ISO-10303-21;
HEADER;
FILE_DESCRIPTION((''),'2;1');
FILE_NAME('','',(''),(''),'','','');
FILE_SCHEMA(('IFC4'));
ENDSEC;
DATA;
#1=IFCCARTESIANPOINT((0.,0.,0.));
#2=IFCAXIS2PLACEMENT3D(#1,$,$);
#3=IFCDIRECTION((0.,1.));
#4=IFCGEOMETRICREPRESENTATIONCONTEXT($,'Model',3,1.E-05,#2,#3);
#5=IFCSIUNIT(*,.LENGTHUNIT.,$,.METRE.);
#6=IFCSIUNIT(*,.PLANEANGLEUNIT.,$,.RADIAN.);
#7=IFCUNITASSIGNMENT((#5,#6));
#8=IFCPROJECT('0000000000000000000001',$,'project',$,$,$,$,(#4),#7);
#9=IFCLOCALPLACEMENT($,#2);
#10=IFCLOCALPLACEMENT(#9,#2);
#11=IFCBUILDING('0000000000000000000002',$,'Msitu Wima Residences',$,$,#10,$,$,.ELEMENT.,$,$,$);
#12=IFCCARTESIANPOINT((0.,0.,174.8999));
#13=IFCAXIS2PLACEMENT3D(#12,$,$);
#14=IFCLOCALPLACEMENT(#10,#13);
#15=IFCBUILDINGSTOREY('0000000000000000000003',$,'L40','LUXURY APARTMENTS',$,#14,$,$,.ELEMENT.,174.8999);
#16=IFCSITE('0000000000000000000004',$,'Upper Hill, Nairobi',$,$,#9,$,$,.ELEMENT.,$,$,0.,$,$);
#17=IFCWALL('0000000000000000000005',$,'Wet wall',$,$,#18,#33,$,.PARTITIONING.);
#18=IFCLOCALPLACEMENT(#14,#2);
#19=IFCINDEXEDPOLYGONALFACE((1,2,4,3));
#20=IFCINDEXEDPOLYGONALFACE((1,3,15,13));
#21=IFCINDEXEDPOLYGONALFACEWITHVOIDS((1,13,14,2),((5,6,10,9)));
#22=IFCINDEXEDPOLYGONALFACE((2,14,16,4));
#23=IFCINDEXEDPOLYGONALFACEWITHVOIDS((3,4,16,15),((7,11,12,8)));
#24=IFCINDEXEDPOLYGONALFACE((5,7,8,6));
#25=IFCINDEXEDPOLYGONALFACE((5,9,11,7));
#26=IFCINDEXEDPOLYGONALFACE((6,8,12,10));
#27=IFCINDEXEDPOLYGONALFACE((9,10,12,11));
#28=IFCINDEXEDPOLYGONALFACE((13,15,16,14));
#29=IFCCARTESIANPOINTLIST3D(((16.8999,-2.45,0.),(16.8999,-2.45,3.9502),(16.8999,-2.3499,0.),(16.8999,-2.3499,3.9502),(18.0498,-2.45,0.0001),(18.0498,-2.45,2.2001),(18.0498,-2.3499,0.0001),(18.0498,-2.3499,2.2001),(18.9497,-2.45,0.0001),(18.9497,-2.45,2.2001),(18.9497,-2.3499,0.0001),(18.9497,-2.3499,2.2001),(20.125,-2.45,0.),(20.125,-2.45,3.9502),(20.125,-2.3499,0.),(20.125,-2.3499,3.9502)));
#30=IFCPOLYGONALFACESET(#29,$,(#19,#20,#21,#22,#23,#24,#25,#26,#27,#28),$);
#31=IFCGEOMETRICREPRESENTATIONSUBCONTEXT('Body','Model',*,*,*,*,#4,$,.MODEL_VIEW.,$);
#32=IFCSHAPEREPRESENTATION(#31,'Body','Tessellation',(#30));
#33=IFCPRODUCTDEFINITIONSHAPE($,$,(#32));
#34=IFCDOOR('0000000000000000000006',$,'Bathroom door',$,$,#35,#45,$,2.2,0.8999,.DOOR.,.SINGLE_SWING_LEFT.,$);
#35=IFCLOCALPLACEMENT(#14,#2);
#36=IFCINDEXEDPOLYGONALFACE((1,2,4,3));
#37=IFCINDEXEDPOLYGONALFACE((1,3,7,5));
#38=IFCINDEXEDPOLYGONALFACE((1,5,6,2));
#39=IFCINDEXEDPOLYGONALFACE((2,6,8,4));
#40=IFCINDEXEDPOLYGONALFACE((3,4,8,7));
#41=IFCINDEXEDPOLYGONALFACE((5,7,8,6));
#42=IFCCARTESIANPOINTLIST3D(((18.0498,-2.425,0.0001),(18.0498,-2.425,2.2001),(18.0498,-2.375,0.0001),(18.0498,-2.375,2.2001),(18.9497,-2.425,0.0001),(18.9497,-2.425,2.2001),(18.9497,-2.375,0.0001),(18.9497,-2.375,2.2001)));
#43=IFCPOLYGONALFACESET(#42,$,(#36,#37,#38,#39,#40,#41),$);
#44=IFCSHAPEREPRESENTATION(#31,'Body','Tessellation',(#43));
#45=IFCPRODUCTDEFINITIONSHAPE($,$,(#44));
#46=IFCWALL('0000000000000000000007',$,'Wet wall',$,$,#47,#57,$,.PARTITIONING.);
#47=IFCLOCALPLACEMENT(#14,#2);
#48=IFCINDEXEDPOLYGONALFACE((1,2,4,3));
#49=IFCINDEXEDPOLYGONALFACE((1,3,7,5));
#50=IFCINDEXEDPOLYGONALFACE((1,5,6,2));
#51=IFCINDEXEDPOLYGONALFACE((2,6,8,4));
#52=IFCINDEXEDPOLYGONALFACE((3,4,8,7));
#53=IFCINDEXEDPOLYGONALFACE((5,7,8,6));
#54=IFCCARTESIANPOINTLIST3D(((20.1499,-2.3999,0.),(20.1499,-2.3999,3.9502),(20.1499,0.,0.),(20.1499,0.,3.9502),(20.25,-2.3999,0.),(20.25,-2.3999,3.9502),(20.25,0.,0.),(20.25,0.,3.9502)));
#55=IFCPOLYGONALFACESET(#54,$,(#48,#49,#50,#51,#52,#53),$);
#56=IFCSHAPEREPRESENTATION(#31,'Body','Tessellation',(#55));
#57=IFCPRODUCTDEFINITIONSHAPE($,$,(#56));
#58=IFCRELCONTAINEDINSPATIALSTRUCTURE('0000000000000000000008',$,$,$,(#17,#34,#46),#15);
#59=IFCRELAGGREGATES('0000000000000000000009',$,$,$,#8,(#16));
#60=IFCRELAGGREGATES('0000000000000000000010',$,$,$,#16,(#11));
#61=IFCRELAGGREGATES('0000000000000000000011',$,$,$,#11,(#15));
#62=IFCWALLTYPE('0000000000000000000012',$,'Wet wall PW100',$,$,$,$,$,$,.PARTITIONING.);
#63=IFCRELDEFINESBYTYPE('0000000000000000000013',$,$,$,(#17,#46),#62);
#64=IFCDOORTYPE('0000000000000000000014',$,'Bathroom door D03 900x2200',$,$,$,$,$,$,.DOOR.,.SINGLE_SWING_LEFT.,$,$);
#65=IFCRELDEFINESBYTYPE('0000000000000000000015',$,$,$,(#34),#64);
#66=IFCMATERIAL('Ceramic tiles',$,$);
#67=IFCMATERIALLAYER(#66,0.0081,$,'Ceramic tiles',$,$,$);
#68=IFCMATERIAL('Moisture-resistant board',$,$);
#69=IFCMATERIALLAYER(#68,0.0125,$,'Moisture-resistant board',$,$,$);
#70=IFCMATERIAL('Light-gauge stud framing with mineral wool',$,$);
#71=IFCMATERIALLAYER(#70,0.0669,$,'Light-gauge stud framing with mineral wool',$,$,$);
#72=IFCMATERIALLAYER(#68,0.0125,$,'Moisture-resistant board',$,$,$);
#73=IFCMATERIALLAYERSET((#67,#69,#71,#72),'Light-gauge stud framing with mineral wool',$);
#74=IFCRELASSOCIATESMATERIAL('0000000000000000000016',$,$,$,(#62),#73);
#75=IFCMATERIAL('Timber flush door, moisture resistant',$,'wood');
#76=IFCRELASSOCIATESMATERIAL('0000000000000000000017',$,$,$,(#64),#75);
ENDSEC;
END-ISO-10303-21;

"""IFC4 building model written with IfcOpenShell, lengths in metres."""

from ifc_helpers import new_model, si_unit, direction, frame, frame_2d, origin, place, context, subcontext, project, spatial, rectangle, extrude, material, layer, layer_set, type_object, element, fill, save


model = new_model("IFC4")

# Units and contexts
model_context = context("Model", 3, precision=1e-05, world=origin(), true_north=direction((0.0, 1.0)))
body_context = subcontext(model_context, "Body", "Model", "MODEL_VIEW")
ifc_project = project(units=[si_unit("LENGTHUNIT", "METRE"), si_unit("PLANEANGLEUNIT", "RADIAN")], contexts=[model_context])

# Site, building, storey
site_placement = place(None, origin())
site = spatial("IfcSite", under=ifc_project, at=site_placement, Name="Upper Hill, Nairobi", CompositionType="ELEMENT", RefElevation=0.0)
building_placement = place(site_placement, origin())
building = spatial("IfcBuilding", under=site, at=building_placement, Name="Msitu Wima Residences", CompositionType="ELEMENT")
storey_placement = place(building_placement, frame((0.0, 0.0, 174.8999)))
storey = spatial("IfcBuildingStorey", under=building, at=storey_placement, Name="L40", Description="LUXURY APARTMENTS", CompositionType="ELEMENT", Elevation=174.8999)

# Wall, opening, door
ifc_material_1 = material(Name="Ceramic tiles")
ifc_layer_1 = layer(ifc_material_1, 0.0081, Name="Ceramic tiles")
ifc_material_2 = material(Name="Moisture-resistant board")
ifc_layer_2 = layer(ifc_material_2, 0.0125, Name="Moisture-resistant board")
ifc_material_3 = material(Name="Light-gauge stud framing with mineral wool")
ifc_layer_3 = layer(ifc_material_3, 0.0669, Name="Light-gauge stud framing with mineral wool")
ifc_layer_4 = layer(ifc_material_2, 0.0125, Name="Moisture-resistant board")
ifc_layer_set_1 = layer_set([ifc_layer_1, ifc_layer_2, ifc_layer_3, ifc_layer_4], Name="Light-gauge stud framing with mineral wool")
wall_type_1 = type_object("IfcWallType", Name="Wet wall PW100", PredefinedType="PARTITIONING", material=ifc_layer_set_1)
wall_1_placement = place(storey_placement, frame((16.8999, -2.3999, 0.0), z_axis=(0.0, 0.0, 1.0), x_axis=(1.0, 0.0, 0.0)))
wall_1 = element("IfcWall", 1, at=wall_1_placement, inside=storey, type_object=wall_type_1, Name="Wet wall", PredefinedType="PARTITIONING", context=body_context, shape_type="SweptSolid", body=[
    extrude(rectangle(XDim=3.2251, YDim=0.1001, at=frame_2d((1.6125, 0.0))), origin(), (0.0, 0.0, 1.0), 3.9502),
])
opening_1_placement = place(wall_1_placement, frame((1.1499, 0.0, 0.0)))
opening_1 = element("IfcOpeningElement", 2, at=opening_1_placement, cuts=wall_1, PredefinedType="OPENING", context=body_context, shape_type="SweptSolid", body=[
    extrude(rectangle(XDim=0.8999, YDim=2.2, at=frame_2d((0.45, 1.1001))), frame((0.0, 0.0601, 0.0), z_axis=(0.0, -1.0, 0.0), x_axis=(1.0, 0.0, 0.0)), (0.0, 0.0, 1.0), 0.1201),
])
ifc_material_4 = material(Name="Timber flush door, moisture resistant", Category="wood")
door_type_1 = type_object("IfcDoorType", Name="Bathroom door D03 900x2200", OperationType="SINGLE_SWING_LEFT", PredefinedType="DOOR", material=ifc_material_4)
door_1_placement = place(opening_1_placement, origin())
door_1 = element("IfcDoor", 3, at=door_1_placement, inside=storey, type_object=door_type_1, Name="Bathroom door", OperationType="SINGLE_SWING_LEFT", OverallHeight=2.2, OverallWidth=0.8999, PredefinedType="DOOR", context=body_context, shape_type="SweptSolid", body=[
    extrude(rectangle(XDim=0.8999, YDim=2.2, at=frame_2d((0.45, 1.1001))), frame((0.0, 0.0249, 0.0), z_axis=(0.0, -1.0, 0.0), x_axis=(1.0, 0.0, 0.0)), (0.0, 0.0, 1.0), 0.05),
])
fill(opening_1, door_1)

# Wall
wall_2_placement = place(storey_placement, frame((20.2, -2.3999, 0.0), z_axis=(0.0, 0.0, 1.0), x_axis=(0.0, 1.0, 0.0)))
element("IfcWall", 4, at=wall_2_placement, inside=storey, type_object=wall_type_1, Name="Wet wall", PredefinedType="PARTITIONING", context=body_context, shape_type="SweptSolid", body=[
    extrude(rectangle(XDim=2.3999, YDim=0.1001, at=frame_2d((1.2, 0.0))), origin(), (0.0, 0.0, 1.0), 3.9502),
])

save(model, "model.ifc")
